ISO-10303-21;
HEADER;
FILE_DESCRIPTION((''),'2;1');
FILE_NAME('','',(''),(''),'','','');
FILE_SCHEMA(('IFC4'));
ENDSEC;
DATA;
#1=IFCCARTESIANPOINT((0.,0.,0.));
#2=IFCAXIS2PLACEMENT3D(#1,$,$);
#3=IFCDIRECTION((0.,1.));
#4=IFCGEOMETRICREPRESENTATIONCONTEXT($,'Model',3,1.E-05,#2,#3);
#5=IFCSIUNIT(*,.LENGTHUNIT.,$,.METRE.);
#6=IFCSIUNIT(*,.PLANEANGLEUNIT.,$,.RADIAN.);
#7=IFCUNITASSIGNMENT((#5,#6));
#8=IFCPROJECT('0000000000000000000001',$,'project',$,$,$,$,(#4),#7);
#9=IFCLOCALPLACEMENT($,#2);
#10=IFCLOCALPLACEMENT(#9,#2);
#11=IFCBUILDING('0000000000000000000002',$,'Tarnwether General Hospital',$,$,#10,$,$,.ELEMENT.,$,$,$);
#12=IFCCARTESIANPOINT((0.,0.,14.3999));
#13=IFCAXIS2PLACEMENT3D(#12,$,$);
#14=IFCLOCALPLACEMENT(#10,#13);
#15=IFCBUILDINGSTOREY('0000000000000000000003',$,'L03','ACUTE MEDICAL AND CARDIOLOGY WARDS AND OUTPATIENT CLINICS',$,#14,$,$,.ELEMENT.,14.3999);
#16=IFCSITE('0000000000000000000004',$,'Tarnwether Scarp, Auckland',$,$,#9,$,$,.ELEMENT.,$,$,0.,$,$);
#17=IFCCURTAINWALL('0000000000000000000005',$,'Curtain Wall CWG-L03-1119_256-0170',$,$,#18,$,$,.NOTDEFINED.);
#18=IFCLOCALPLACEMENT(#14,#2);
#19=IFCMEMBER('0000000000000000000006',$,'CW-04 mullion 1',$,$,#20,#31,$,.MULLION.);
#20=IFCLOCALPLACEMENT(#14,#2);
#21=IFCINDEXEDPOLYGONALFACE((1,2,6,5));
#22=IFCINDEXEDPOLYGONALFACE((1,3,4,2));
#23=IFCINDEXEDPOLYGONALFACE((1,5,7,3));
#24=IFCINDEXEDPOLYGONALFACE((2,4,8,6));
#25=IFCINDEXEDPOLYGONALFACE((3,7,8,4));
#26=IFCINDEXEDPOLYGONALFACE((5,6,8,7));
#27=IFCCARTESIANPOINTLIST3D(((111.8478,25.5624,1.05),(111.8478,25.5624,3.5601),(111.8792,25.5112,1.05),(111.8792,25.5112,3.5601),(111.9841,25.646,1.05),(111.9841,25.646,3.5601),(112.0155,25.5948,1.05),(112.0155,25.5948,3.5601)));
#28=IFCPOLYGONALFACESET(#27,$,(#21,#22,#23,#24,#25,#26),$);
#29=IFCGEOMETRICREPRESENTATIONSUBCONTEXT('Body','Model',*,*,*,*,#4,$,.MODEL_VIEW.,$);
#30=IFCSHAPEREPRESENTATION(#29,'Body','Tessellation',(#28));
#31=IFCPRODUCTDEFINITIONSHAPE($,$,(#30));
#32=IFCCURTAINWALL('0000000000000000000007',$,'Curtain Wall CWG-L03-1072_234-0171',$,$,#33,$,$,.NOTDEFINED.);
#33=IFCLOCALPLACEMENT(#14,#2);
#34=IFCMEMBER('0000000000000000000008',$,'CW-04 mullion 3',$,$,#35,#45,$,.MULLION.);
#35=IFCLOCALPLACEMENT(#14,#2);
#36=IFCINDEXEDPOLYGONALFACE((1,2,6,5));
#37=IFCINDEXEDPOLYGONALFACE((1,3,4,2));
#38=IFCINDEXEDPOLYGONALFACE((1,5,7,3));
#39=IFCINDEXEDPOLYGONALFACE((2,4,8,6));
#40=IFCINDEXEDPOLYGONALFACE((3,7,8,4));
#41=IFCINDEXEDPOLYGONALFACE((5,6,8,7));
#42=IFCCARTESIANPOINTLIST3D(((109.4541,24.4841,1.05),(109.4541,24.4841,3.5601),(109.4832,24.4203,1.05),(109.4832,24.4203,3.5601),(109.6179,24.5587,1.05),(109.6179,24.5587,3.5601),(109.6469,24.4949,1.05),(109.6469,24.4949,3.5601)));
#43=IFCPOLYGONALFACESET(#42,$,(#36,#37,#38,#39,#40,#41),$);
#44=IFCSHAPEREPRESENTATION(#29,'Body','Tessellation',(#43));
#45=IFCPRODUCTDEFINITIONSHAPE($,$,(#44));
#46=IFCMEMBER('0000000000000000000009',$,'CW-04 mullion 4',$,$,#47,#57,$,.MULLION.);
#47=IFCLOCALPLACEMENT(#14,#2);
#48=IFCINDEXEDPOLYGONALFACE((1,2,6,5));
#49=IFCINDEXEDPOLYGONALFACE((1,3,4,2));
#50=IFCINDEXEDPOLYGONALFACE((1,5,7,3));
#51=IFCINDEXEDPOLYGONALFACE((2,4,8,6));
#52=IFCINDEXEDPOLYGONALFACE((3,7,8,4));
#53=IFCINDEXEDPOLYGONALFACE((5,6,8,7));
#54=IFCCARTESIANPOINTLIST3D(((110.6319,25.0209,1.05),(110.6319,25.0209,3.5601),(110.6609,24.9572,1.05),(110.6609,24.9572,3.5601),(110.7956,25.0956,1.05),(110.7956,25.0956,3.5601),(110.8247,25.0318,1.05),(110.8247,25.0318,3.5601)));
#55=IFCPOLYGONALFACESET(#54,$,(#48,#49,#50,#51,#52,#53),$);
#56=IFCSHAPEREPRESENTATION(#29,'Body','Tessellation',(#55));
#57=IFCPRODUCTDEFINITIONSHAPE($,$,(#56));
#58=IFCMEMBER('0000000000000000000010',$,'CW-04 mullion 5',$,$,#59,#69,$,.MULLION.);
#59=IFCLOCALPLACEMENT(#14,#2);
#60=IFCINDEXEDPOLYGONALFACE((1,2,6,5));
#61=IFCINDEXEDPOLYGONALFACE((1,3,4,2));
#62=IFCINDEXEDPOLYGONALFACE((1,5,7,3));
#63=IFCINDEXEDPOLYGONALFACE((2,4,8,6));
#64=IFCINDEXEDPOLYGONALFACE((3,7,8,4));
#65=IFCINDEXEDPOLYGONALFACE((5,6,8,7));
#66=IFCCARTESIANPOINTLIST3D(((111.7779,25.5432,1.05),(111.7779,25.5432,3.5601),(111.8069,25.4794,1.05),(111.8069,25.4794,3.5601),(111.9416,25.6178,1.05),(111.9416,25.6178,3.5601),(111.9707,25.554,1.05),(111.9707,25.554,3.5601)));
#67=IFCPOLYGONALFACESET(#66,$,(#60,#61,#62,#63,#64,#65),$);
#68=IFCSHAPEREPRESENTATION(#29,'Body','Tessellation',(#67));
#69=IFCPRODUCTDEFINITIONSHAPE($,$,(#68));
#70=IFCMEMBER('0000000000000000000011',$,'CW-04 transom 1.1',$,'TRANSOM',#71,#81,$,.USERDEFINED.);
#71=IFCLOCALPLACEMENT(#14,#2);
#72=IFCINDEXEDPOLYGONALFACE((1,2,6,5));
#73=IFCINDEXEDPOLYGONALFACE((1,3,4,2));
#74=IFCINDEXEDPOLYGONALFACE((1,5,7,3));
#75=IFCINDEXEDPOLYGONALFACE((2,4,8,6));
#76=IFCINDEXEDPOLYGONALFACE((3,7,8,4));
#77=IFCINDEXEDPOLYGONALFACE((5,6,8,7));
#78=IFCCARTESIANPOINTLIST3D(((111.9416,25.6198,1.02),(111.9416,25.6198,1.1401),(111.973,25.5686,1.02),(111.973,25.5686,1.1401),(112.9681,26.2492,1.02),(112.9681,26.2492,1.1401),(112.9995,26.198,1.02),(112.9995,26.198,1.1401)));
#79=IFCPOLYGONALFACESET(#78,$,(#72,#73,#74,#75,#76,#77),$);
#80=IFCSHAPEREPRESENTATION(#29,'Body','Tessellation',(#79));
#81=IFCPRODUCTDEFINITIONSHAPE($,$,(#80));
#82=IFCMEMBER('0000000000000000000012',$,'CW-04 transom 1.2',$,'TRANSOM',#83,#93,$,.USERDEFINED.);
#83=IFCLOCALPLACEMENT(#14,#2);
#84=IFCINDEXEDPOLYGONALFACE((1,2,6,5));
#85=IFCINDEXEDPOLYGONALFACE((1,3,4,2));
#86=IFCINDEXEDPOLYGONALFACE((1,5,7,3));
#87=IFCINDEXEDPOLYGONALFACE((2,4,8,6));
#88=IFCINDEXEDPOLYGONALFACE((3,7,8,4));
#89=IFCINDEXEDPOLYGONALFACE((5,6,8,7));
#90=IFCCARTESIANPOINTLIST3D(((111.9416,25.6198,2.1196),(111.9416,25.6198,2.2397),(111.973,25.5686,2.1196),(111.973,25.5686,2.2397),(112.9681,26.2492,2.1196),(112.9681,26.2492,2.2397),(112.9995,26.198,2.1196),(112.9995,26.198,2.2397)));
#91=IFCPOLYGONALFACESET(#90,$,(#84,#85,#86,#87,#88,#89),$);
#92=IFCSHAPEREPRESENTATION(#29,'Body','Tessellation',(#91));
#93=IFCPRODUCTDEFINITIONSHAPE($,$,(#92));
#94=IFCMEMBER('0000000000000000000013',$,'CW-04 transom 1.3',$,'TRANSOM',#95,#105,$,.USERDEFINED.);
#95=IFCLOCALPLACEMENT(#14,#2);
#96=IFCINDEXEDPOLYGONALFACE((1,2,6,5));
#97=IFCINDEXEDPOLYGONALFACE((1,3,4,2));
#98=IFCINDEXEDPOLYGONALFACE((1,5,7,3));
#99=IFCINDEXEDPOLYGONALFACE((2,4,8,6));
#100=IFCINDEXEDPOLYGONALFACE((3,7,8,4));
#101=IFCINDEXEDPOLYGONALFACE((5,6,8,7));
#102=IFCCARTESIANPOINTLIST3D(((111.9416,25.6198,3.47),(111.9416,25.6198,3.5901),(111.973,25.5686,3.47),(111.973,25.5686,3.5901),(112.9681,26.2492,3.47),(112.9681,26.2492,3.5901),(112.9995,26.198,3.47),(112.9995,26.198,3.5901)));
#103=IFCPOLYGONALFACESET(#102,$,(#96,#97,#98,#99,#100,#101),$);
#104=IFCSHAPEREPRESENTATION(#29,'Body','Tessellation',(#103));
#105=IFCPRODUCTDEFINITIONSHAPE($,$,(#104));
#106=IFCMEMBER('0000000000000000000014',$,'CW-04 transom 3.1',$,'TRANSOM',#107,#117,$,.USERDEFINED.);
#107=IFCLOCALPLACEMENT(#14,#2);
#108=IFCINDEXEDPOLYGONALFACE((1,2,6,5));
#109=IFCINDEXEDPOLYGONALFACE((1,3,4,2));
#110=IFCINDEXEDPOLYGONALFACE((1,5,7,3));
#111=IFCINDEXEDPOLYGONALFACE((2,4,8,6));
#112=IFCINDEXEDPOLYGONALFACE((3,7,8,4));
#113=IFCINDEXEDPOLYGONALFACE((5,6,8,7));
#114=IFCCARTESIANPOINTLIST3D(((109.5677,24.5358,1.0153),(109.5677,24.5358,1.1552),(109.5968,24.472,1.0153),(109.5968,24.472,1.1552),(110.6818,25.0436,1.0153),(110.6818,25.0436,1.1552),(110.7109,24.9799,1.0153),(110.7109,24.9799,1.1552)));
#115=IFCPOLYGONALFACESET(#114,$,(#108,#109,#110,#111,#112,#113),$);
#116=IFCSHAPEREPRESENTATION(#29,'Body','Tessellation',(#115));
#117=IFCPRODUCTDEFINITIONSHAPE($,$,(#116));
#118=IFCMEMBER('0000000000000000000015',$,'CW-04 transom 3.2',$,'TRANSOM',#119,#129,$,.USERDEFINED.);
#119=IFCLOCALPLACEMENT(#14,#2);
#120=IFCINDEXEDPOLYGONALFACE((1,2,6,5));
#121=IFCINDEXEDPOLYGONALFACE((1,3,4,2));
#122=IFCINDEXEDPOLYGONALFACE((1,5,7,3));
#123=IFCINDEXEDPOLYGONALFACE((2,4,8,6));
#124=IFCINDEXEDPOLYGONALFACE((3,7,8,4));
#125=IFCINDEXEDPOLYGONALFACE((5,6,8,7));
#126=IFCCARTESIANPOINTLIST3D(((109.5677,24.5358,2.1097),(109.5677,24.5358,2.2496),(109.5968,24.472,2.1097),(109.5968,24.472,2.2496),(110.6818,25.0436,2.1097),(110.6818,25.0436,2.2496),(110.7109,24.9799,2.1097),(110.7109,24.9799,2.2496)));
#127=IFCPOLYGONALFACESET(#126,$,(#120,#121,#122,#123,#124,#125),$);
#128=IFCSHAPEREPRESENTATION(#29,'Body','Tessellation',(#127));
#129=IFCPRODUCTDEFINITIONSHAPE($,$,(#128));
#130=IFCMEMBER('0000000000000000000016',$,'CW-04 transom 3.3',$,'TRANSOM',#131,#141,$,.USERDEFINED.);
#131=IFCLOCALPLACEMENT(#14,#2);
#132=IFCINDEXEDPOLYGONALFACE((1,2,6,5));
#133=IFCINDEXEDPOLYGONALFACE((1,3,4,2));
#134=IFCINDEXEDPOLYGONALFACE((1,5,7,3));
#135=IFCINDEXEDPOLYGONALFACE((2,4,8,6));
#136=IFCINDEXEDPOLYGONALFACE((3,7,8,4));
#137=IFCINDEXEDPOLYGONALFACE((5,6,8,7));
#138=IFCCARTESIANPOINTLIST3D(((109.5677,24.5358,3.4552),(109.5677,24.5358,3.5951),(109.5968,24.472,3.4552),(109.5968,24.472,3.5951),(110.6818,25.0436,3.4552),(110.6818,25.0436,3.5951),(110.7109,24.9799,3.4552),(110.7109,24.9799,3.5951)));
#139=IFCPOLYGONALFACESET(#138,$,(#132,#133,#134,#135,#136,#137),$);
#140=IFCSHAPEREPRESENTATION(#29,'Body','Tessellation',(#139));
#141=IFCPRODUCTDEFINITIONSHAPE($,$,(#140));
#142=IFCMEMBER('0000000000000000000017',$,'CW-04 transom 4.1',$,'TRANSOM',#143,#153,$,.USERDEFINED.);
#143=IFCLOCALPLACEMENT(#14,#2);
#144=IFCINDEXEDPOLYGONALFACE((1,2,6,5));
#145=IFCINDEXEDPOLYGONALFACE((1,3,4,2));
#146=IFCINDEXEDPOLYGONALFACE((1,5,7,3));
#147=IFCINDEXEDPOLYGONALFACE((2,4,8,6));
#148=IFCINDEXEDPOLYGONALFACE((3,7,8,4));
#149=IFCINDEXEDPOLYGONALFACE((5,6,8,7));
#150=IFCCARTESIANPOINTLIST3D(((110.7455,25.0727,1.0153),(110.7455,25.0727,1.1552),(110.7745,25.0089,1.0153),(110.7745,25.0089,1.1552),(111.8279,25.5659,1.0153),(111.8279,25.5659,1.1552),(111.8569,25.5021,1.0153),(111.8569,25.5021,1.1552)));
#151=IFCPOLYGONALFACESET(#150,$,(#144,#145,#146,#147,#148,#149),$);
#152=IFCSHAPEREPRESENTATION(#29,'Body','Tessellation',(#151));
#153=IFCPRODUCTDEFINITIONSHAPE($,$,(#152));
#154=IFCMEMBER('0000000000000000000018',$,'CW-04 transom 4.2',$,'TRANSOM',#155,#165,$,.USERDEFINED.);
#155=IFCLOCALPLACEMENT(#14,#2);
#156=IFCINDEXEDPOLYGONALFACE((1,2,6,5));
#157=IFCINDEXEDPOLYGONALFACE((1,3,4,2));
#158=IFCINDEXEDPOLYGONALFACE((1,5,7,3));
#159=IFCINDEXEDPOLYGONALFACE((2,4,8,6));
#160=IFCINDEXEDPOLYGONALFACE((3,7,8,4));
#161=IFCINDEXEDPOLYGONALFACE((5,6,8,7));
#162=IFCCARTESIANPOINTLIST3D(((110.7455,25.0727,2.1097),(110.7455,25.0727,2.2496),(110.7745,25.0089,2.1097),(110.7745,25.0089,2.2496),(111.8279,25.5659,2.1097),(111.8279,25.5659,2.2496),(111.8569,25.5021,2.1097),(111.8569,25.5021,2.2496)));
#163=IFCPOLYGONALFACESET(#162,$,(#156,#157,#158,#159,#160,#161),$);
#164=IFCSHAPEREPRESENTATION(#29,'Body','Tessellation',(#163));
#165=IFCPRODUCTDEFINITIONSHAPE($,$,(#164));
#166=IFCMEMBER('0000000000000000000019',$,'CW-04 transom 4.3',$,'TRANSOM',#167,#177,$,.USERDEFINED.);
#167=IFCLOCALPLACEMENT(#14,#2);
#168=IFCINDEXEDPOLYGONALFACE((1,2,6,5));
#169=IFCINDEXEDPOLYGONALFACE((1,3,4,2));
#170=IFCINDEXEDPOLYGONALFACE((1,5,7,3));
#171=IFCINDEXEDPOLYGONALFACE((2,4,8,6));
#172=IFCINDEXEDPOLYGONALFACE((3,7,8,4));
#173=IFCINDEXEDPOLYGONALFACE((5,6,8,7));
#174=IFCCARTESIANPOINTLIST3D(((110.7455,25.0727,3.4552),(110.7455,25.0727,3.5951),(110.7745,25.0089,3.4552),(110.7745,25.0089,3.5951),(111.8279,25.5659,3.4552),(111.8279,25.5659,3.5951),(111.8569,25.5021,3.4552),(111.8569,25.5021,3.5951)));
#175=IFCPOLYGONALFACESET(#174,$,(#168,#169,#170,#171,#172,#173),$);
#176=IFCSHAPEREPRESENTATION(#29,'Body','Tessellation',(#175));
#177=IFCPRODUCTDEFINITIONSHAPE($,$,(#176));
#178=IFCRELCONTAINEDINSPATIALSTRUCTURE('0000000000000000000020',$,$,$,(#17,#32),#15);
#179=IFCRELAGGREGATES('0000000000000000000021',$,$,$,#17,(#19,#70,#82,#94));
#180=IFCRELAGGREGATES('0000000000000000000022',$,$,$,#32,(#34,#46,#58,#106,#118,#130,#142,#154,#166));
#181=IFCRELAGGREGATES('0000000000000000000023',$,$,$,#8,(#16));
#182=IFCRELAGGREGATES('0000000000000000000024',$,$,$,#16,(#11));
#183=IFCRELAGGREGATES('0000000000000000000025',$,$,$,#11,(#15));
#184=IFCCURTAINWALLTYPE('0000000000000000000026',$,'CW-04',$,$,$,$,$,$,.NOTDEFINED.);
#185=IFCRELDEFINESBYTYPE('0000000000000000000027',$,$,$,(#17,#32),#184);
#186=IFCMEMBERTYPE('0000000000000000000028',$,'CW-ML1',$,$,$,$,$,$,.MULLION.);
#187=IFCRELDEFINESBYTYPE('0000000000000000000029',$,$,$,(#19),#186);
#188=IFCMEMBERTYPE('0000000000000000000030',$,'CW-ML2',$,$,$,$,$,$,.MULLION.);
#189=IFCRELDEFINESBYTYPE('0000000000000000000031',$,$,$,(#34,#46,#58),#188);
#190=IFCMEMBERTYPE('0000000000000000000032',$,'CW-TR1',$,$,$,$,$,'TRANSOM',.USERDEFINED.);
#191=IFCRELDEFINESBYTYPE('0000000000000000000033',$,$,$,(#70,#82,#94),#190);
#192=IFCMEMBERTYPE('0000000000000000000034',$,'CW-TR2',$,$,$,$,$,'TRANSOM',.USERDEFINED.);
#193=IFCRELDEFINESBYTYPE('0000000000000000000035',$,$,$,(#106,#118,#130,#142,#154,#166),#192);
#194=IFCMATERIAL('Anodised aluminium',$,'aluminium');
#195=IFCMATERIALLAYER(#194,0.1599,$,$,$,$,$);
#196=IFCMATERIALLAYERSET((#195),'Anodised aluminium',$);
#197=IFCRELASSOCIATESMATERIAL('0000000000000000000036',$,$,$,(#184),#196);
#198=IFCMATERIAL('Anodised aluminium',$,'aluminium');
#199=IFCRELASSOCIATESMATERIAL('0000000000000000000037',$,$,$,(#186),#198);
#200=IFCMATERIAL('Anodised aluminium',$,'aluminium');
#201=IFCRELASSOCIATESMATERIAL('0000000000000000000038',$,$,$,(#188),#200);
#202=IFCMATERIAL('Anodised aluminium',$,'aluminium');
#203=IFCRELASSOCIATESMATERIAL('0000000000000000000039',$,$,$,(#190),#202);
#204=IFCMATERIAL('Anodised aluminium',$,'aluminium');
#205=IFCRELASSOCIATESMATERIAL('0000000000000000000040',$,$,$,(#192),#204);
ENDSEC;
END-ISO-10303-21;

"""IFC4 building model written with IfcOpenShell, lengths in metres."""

from ifc_helpers import new_model, si_unit, direction, frame, origin, origin_2d, place, context, subcontext, project, spatial, rectangle, extrude, material, layer, layer_set, material_profile, profile_set, type_object, element, aggregate, save


model = new_model("IFC4")

# Units and contexts
model_context = context("Model", 3, precision=1e-05, world=origin(), true_north=direction((0.0, 1.0)))
body_context = subcontext(model_context, "Body", "Model", "MODEL_VIEW")
ifc_project = project(units=[si_unit("LENGTHUNIT", "METRE"), si_unit("PLANEANGLEUNIT", "RADIAN")], contexts=[model_context])

# Site, building, storey
site_placement = place(None, origin())
site = spatial("IfcSite", under=ifc_project, at=site_placement, Name="Tarnwether Scarp, Auckland", CompositionType="ELEMENT", RefElevation=0.0)
building_placement = place(site_placement, origin())
building = spatial("IfcBuilding", under=site, at=building_placement, Name="Tarnwether General Hospital", CompositionType="ELEMENT")
storey_placement = place(building_placement, frame((0.0, 0.0, 14.3999)))
storey = spatial("IfcBuildingStorey", under=building, at=storey_placement, Name="L03", Description="ACUTE MEDICAL AND CARDIOLOGY WARDS AND OUTPATIENT CLINICS", CompositionType="ELEMENT", Elevation=14.3999)

# Curtain wall, member
ifc_material_1 = material(Name="Anodised aluminium", Category="aluminium")
ifc_layer_1 = layer(ifc_material_1, 0.1599)
ifc_layer_set_1 = layer_set([ifc_layer_1], Name="Anodised aluminium")
curtain_wall_type = type_object("IfcCurtainWallType", Name="CW-04", PredefinedType="NOTDEFINED", material=ifc_layer_set_1)
curtain_wall_1_placement = place(storey_placement, origin())
curtain_wall_1 = element("IfcCurtainWall", 1, at=curtain_wall_1_placement, inside=storey, type_object=curtain_wall_type, Name="Curtain Wall CWG-L03-1119_256-0170", PredefinedType="NOTDEFINED")
ifc_material_2 = material(Name="Anodised aluminium", Category="aluminium")
ifc_material_profile_1 = material_profile(ifc_material_2, rectangle(XDim=0.0601, YDim=0.1599, at=origin_2d()), Name="ALU-MUL-60x160")
ifc_profile_set_1 = profile_set([ifc_material_profile_1], Name="Anodised aluminium")
member_type_1 = type_object("IfcMemberType", Name="CW-ML1", PredefinedType="MULLION", material=ifc_profile_set_1)
member_1_placement = place(storey_placement, frame((111.9316, 25.5786, 1.05), z_axis=(0.0, 0.0, 1.0), x_axis=(-0.522512, 0.852632, 0.0)))
member_1 = element("IfcMember", 2, at=member_1_placement, type_object=member_type_1, Name="CW-04 mullion 1", PredefinedType="MULLION", context=body_context, shape_type="SweptSolid", body=[
    extrude(rectangle(XDim=0.0601, YDim=0.1599, at=origin_2d()), origin(), (0.0, 0.0, 1.0), 2.51),
])

# Curtain wall, members
curtain_wall_2_placement = place(storey_placement, origin())
curtain_wall_2 = element("IfcCurtainWall", 3, at=curtain_wall_2_placement, inside=storey, type_object=curtain_wall_type, Name="Curtain Wall CWG-L03-1072_234-0171", PredefinedType="NOTDEFINED")
ifc_material_3 = material(Name="Anodised aluminium", Category="aluminium")
ifc_material_profile_2 = material_profile(ifc_material_3, rectangle(XDim=0.0701, YDim=0.1799, at=origin_2d()), Name="ALU-MUL-70x180")
ifc_profile_set_2 = profile_set([ifc_material_profile_2], Name="Anodised aluminium")
member_type_2 = type_object("IfcMemberType", Name="CW-ML2", PredefinedType="MULLION", material=ifc_profile_set_2)
member_2_placement = place(storey_placement, frame((109.5505, 24.4895, 1.05), z_axis=(0.0, 0.0, 1.0), x_axis=(-0.414705, 0.909956, 0.0)))
member_2 = element("IfcMember", 4, at=member_2_placement, type_object=member_type_2, Name="CW-04 mullion 3", PredefinedType="MULLION", context=body_context, shape_type="SweptSolid", body=[
    extrude(rectangle(XDim=0.0701, YDim=0.1799, at=origin_2d()), origin(), (0.0, 0.0, 1.0), 2.51),
])
member_3_placement = place(storey_placement, frame((110.7283, 25.0264, 1.05), z_axis=(0.0, 0.0, 1.0), x_axis=(-0.414705, 0.909956, 0.0)))
member_3 = element("IfcMember", 5, at=member_3_placement, type_object=member_type_2, Name="CW-04 mullion 4", PredefinedType="MULLION", context=body_context, shape_type="SweptSolid", body=[
    extrude(rectangle(XDim=0.0701, YDim=0.1799, at=origin_2d()), origin(), (0.0, 0.0, 1.0), 2.51),
])
member_4_placement = place(storey_placement, frame((111.8743, 25.5486, 1.05), z_axis=(0.0, 0.0, 1.0), x_axis=(-0.414705, 0.909956, 0.0)))
member_4 = element("IfcMember", 6, at=member_4_placement, type_object=member_type_2, Name="CW-04 mullion 5", PredefinedType="MULLION", context=body_context, shape_type="SweptSolid", body=[
    extrude(rectangle(XDim=0.0701, YDim=0.1799, at=origin_2d()), origin(), (0.0, 0.0, 1.0), 2.51),
])

# Members
ifc_material_4 = material(Name="Anodised aluminium", Category="aluminium")
ifc_material_profile_3 = material_profile(ifc_material_4, rectangle(XDim=0.0601, YDim=0.1201, at=origin_2d()), Name="ALU-TRN-60x120")
ifc_profile_set_3 = profile_set([ifc_material_profile_3], Name="Anodised aluminium")
member_type_3 = type_object("IfcMemberType", Name="CW-TR1", ElementType="TRANSOM", PredefinedType="USERDEFINED", material=ifc_profile_set_3)
member_5_placement = place(storey_placement, frame((111.9573, 25.5942, 1.0801), z_axis=(0.852534, 0.522671, 0.0), x_axis=(-0.522671, 0.852534, 0.0)))
member_5 = element("IfcMember", 7, at=member_5_placement, type_object=member_type_3, Name="CW-04 transom 1.1", ObjectType="TRANSOM", PredefinedType="USERDEFINED", context=body_context, shape_type="SweptSolid", body=[
    extrude(rectangle(XDim=0.0601, YDim=0.1201, at=origin_2d()), origin(), (0.0, 0.0, 1.0), 1.2041),
])
member_6_placement = place(storey_placement, frame((111.9573, 25.5942, 2.1797), z_axis=(0.852534, 0.522671, 0.0), x_axis=(-0.522671, 0.852534, 0.0)))
member_6 = element("IfcMember", 8, at=member_6_placement, type_object=member_type_3, Name="CW-04 transom 1.2", ObjectType="TRANSOM", PredefinedType="USERDEFINED", context=body_context, shape_type="SweptSolid", body=[
    extrude(rectangle(XDim=0.0601, YDim=0.1201, at=origin_2d()), origin(), (0.0, 0.0, 1.0), 1.2041),
])
member_7_placement = place(storey_placement, frame((111.9573, 25.5942, 3.53), z_axis=(0.852534, 0.522671, 0.0), x_axis=(-0.522671, 0.852534, 0.0)))
member_7 = element("IfcMember", 9, at=member_7_placement, type_object=member_type_3, Name="CW-04 transom 1.3", ObjectType="TRANSOM", PredefinedType="USERDEFINED", context=body_context, shape_type="SweptSolid", body=[
    extrude(rectangle(XDim=0.0601, YDim=0.1201, at=origin_2d()), origin(), (0.0, 0.0, 1.0), 1.2041),
])
ifc_material_5 = material(Name="Anodised aluminium", Category="aluminium")
ifc_material_profile_4 = material_profile(ifc_material_5, rectangle(XDim=0.0701, YDim=0.1399, at=origin_2d()), Name="ALU-TRN-70x140")
ifc_profile_set_4 = profile_set([ifc_material_profile_4], Name="Anodised aluminium")
member_type_4 = type_object("IfcMemberType", Name="CW-TR2", ElementType="TRANSOM", PredefinedType="USERDEFINED", material=ifc_profile_set_4)
member_8_placement = place(storey_placement, frame((109.5823, 24.5039, 1.0852), z_axis=(0.909922, 0.414779, 0.0), x_axis=(-0.414779, 0.909922, 0.0)))
member_8 = element("IfcMember", 10, at=member_8_placement, type_object=member_type_4, Name="CW-04 transom 3.1", ObjectType="TRANSOM", PredefinedType="USERDEFINED", context=body_context, shape_type="SweptSolid", body=[
    extrude(rectangle(XDim=0.0701, YDim=0.1399, at=origin_2d()), origin(), (0.0, 0.0, 1.0), 1.2244),
])
member_9_placement = place(storey_placement, frame((109.5823, 24.5039, 2.1797), z_axis=(0.909922, 0.414779, 0.0), x_axis=(-0.414779, 0.909922, 0.0)))
member_9 = element("IfcMember", 11, at=member_9_placement, type_object=member_type_4, Name="CW-04 transom 3.2", ObjectType="TRANSOM", PredefinedType="USERDEFINED", context=body_context, shape_type="SweptSolid", body=[
    extrude(rectangle(XDim=0.0701, YDim=0.1399, at=origin_2d()), origin(), (0.0, 0.0, 1.0), 1.2244),
])
member_10_placement = place(storey_placement, frame((109.5823, 24.5039, 3.5251), z_axis=(0.909922, 0.414779, 0.0), x_axis=(-0.414779, 0.909922, 0.0)))
member_10 = element("IfcMember", 12, at=member_10_placement, type_object=member_type_4, Name="CW-04 transom 3.3", ObjectType="TRANSOM", PredefinedType="USERDEFINED", context=body_context, shape_type="SweptSolid", body=[
    extrude(rectangle(XDim=0.0701, YDim=0.1399, at=origin_2d()), origin(), (0.0, 0.0, 1.0), 1.2244),
])
member_11_placement = place(storey_placement, frame((110.76, 25.0408, 1.0852), z_axis=(0.909979, 0.414653, 0.0), x_axis=(-0.414653, 0.909979, 0.0)))
member_11 = element("IfcMember", 13, at=member_11_placement, type_object=member_type_4, Name="CW-04 transom 4.1", ObjectType="TRANSOM", PredefinedType="USERDEFINED", context=body_context, shape_type="SweptSolid", body=[
    extrude(rectangle(XDim=0.0701, YDim=0.1399, at=origin_2d()), origin(), (0.0, 0.0, 1.0), 1.1895),
])
member_12_placement = place(storey_placement, frame((110.76, 25.0408, 2.1797), z_axis=(0.909979, 0.414653, 0.0), x_axis=(-0.414653, 0.909979, 0.0)))
member_12 = element("IfcMember", 14, at=member_12_placement, type_object=member_type_4, Name="CW-04 transom 4.2", ObjectType="TRANSOM", PredefinedType="USERDEFINED", context=body_context, shape_type="SweptSolid", body=[
    extrude(rectangle(XDim=0.0701, YDim=0.1399, at=origin_2d()), origin(), (0.0, 0.0, 1.0), 1.1895),
])
member_13_placement = place(storey_placement, frame((110.76, 25.0408, 3.5251), z_axis=(0.909979, 0.414653, 0.0), x_axis=(-0.414653, 0.909979, 0.0)))
member_13 = element("IfcMember", 15, at=member_13_placement, type_object=member_type_4, Name="CW-04 transom 4.3", ObjectType="TRANSOM", PredefinedType="USERDEFINED", context=body_context, shape_type="SweptSolid", body=[
    extrude(rectangle(XDim=0.0701, YDim=0.1399, at=origin_2d()), origin(), (0.0, 0.0, 1.0), 1.1895),
])

aggregate(curtain_wall_1, [member_1, member_5, member_6, member_7])
aggregate(curtain_wall_2, [member_2, member_3, member_4, member_8, member_9, member_10, member_11, member_12, member_13])

save(model, "model.ifc")
